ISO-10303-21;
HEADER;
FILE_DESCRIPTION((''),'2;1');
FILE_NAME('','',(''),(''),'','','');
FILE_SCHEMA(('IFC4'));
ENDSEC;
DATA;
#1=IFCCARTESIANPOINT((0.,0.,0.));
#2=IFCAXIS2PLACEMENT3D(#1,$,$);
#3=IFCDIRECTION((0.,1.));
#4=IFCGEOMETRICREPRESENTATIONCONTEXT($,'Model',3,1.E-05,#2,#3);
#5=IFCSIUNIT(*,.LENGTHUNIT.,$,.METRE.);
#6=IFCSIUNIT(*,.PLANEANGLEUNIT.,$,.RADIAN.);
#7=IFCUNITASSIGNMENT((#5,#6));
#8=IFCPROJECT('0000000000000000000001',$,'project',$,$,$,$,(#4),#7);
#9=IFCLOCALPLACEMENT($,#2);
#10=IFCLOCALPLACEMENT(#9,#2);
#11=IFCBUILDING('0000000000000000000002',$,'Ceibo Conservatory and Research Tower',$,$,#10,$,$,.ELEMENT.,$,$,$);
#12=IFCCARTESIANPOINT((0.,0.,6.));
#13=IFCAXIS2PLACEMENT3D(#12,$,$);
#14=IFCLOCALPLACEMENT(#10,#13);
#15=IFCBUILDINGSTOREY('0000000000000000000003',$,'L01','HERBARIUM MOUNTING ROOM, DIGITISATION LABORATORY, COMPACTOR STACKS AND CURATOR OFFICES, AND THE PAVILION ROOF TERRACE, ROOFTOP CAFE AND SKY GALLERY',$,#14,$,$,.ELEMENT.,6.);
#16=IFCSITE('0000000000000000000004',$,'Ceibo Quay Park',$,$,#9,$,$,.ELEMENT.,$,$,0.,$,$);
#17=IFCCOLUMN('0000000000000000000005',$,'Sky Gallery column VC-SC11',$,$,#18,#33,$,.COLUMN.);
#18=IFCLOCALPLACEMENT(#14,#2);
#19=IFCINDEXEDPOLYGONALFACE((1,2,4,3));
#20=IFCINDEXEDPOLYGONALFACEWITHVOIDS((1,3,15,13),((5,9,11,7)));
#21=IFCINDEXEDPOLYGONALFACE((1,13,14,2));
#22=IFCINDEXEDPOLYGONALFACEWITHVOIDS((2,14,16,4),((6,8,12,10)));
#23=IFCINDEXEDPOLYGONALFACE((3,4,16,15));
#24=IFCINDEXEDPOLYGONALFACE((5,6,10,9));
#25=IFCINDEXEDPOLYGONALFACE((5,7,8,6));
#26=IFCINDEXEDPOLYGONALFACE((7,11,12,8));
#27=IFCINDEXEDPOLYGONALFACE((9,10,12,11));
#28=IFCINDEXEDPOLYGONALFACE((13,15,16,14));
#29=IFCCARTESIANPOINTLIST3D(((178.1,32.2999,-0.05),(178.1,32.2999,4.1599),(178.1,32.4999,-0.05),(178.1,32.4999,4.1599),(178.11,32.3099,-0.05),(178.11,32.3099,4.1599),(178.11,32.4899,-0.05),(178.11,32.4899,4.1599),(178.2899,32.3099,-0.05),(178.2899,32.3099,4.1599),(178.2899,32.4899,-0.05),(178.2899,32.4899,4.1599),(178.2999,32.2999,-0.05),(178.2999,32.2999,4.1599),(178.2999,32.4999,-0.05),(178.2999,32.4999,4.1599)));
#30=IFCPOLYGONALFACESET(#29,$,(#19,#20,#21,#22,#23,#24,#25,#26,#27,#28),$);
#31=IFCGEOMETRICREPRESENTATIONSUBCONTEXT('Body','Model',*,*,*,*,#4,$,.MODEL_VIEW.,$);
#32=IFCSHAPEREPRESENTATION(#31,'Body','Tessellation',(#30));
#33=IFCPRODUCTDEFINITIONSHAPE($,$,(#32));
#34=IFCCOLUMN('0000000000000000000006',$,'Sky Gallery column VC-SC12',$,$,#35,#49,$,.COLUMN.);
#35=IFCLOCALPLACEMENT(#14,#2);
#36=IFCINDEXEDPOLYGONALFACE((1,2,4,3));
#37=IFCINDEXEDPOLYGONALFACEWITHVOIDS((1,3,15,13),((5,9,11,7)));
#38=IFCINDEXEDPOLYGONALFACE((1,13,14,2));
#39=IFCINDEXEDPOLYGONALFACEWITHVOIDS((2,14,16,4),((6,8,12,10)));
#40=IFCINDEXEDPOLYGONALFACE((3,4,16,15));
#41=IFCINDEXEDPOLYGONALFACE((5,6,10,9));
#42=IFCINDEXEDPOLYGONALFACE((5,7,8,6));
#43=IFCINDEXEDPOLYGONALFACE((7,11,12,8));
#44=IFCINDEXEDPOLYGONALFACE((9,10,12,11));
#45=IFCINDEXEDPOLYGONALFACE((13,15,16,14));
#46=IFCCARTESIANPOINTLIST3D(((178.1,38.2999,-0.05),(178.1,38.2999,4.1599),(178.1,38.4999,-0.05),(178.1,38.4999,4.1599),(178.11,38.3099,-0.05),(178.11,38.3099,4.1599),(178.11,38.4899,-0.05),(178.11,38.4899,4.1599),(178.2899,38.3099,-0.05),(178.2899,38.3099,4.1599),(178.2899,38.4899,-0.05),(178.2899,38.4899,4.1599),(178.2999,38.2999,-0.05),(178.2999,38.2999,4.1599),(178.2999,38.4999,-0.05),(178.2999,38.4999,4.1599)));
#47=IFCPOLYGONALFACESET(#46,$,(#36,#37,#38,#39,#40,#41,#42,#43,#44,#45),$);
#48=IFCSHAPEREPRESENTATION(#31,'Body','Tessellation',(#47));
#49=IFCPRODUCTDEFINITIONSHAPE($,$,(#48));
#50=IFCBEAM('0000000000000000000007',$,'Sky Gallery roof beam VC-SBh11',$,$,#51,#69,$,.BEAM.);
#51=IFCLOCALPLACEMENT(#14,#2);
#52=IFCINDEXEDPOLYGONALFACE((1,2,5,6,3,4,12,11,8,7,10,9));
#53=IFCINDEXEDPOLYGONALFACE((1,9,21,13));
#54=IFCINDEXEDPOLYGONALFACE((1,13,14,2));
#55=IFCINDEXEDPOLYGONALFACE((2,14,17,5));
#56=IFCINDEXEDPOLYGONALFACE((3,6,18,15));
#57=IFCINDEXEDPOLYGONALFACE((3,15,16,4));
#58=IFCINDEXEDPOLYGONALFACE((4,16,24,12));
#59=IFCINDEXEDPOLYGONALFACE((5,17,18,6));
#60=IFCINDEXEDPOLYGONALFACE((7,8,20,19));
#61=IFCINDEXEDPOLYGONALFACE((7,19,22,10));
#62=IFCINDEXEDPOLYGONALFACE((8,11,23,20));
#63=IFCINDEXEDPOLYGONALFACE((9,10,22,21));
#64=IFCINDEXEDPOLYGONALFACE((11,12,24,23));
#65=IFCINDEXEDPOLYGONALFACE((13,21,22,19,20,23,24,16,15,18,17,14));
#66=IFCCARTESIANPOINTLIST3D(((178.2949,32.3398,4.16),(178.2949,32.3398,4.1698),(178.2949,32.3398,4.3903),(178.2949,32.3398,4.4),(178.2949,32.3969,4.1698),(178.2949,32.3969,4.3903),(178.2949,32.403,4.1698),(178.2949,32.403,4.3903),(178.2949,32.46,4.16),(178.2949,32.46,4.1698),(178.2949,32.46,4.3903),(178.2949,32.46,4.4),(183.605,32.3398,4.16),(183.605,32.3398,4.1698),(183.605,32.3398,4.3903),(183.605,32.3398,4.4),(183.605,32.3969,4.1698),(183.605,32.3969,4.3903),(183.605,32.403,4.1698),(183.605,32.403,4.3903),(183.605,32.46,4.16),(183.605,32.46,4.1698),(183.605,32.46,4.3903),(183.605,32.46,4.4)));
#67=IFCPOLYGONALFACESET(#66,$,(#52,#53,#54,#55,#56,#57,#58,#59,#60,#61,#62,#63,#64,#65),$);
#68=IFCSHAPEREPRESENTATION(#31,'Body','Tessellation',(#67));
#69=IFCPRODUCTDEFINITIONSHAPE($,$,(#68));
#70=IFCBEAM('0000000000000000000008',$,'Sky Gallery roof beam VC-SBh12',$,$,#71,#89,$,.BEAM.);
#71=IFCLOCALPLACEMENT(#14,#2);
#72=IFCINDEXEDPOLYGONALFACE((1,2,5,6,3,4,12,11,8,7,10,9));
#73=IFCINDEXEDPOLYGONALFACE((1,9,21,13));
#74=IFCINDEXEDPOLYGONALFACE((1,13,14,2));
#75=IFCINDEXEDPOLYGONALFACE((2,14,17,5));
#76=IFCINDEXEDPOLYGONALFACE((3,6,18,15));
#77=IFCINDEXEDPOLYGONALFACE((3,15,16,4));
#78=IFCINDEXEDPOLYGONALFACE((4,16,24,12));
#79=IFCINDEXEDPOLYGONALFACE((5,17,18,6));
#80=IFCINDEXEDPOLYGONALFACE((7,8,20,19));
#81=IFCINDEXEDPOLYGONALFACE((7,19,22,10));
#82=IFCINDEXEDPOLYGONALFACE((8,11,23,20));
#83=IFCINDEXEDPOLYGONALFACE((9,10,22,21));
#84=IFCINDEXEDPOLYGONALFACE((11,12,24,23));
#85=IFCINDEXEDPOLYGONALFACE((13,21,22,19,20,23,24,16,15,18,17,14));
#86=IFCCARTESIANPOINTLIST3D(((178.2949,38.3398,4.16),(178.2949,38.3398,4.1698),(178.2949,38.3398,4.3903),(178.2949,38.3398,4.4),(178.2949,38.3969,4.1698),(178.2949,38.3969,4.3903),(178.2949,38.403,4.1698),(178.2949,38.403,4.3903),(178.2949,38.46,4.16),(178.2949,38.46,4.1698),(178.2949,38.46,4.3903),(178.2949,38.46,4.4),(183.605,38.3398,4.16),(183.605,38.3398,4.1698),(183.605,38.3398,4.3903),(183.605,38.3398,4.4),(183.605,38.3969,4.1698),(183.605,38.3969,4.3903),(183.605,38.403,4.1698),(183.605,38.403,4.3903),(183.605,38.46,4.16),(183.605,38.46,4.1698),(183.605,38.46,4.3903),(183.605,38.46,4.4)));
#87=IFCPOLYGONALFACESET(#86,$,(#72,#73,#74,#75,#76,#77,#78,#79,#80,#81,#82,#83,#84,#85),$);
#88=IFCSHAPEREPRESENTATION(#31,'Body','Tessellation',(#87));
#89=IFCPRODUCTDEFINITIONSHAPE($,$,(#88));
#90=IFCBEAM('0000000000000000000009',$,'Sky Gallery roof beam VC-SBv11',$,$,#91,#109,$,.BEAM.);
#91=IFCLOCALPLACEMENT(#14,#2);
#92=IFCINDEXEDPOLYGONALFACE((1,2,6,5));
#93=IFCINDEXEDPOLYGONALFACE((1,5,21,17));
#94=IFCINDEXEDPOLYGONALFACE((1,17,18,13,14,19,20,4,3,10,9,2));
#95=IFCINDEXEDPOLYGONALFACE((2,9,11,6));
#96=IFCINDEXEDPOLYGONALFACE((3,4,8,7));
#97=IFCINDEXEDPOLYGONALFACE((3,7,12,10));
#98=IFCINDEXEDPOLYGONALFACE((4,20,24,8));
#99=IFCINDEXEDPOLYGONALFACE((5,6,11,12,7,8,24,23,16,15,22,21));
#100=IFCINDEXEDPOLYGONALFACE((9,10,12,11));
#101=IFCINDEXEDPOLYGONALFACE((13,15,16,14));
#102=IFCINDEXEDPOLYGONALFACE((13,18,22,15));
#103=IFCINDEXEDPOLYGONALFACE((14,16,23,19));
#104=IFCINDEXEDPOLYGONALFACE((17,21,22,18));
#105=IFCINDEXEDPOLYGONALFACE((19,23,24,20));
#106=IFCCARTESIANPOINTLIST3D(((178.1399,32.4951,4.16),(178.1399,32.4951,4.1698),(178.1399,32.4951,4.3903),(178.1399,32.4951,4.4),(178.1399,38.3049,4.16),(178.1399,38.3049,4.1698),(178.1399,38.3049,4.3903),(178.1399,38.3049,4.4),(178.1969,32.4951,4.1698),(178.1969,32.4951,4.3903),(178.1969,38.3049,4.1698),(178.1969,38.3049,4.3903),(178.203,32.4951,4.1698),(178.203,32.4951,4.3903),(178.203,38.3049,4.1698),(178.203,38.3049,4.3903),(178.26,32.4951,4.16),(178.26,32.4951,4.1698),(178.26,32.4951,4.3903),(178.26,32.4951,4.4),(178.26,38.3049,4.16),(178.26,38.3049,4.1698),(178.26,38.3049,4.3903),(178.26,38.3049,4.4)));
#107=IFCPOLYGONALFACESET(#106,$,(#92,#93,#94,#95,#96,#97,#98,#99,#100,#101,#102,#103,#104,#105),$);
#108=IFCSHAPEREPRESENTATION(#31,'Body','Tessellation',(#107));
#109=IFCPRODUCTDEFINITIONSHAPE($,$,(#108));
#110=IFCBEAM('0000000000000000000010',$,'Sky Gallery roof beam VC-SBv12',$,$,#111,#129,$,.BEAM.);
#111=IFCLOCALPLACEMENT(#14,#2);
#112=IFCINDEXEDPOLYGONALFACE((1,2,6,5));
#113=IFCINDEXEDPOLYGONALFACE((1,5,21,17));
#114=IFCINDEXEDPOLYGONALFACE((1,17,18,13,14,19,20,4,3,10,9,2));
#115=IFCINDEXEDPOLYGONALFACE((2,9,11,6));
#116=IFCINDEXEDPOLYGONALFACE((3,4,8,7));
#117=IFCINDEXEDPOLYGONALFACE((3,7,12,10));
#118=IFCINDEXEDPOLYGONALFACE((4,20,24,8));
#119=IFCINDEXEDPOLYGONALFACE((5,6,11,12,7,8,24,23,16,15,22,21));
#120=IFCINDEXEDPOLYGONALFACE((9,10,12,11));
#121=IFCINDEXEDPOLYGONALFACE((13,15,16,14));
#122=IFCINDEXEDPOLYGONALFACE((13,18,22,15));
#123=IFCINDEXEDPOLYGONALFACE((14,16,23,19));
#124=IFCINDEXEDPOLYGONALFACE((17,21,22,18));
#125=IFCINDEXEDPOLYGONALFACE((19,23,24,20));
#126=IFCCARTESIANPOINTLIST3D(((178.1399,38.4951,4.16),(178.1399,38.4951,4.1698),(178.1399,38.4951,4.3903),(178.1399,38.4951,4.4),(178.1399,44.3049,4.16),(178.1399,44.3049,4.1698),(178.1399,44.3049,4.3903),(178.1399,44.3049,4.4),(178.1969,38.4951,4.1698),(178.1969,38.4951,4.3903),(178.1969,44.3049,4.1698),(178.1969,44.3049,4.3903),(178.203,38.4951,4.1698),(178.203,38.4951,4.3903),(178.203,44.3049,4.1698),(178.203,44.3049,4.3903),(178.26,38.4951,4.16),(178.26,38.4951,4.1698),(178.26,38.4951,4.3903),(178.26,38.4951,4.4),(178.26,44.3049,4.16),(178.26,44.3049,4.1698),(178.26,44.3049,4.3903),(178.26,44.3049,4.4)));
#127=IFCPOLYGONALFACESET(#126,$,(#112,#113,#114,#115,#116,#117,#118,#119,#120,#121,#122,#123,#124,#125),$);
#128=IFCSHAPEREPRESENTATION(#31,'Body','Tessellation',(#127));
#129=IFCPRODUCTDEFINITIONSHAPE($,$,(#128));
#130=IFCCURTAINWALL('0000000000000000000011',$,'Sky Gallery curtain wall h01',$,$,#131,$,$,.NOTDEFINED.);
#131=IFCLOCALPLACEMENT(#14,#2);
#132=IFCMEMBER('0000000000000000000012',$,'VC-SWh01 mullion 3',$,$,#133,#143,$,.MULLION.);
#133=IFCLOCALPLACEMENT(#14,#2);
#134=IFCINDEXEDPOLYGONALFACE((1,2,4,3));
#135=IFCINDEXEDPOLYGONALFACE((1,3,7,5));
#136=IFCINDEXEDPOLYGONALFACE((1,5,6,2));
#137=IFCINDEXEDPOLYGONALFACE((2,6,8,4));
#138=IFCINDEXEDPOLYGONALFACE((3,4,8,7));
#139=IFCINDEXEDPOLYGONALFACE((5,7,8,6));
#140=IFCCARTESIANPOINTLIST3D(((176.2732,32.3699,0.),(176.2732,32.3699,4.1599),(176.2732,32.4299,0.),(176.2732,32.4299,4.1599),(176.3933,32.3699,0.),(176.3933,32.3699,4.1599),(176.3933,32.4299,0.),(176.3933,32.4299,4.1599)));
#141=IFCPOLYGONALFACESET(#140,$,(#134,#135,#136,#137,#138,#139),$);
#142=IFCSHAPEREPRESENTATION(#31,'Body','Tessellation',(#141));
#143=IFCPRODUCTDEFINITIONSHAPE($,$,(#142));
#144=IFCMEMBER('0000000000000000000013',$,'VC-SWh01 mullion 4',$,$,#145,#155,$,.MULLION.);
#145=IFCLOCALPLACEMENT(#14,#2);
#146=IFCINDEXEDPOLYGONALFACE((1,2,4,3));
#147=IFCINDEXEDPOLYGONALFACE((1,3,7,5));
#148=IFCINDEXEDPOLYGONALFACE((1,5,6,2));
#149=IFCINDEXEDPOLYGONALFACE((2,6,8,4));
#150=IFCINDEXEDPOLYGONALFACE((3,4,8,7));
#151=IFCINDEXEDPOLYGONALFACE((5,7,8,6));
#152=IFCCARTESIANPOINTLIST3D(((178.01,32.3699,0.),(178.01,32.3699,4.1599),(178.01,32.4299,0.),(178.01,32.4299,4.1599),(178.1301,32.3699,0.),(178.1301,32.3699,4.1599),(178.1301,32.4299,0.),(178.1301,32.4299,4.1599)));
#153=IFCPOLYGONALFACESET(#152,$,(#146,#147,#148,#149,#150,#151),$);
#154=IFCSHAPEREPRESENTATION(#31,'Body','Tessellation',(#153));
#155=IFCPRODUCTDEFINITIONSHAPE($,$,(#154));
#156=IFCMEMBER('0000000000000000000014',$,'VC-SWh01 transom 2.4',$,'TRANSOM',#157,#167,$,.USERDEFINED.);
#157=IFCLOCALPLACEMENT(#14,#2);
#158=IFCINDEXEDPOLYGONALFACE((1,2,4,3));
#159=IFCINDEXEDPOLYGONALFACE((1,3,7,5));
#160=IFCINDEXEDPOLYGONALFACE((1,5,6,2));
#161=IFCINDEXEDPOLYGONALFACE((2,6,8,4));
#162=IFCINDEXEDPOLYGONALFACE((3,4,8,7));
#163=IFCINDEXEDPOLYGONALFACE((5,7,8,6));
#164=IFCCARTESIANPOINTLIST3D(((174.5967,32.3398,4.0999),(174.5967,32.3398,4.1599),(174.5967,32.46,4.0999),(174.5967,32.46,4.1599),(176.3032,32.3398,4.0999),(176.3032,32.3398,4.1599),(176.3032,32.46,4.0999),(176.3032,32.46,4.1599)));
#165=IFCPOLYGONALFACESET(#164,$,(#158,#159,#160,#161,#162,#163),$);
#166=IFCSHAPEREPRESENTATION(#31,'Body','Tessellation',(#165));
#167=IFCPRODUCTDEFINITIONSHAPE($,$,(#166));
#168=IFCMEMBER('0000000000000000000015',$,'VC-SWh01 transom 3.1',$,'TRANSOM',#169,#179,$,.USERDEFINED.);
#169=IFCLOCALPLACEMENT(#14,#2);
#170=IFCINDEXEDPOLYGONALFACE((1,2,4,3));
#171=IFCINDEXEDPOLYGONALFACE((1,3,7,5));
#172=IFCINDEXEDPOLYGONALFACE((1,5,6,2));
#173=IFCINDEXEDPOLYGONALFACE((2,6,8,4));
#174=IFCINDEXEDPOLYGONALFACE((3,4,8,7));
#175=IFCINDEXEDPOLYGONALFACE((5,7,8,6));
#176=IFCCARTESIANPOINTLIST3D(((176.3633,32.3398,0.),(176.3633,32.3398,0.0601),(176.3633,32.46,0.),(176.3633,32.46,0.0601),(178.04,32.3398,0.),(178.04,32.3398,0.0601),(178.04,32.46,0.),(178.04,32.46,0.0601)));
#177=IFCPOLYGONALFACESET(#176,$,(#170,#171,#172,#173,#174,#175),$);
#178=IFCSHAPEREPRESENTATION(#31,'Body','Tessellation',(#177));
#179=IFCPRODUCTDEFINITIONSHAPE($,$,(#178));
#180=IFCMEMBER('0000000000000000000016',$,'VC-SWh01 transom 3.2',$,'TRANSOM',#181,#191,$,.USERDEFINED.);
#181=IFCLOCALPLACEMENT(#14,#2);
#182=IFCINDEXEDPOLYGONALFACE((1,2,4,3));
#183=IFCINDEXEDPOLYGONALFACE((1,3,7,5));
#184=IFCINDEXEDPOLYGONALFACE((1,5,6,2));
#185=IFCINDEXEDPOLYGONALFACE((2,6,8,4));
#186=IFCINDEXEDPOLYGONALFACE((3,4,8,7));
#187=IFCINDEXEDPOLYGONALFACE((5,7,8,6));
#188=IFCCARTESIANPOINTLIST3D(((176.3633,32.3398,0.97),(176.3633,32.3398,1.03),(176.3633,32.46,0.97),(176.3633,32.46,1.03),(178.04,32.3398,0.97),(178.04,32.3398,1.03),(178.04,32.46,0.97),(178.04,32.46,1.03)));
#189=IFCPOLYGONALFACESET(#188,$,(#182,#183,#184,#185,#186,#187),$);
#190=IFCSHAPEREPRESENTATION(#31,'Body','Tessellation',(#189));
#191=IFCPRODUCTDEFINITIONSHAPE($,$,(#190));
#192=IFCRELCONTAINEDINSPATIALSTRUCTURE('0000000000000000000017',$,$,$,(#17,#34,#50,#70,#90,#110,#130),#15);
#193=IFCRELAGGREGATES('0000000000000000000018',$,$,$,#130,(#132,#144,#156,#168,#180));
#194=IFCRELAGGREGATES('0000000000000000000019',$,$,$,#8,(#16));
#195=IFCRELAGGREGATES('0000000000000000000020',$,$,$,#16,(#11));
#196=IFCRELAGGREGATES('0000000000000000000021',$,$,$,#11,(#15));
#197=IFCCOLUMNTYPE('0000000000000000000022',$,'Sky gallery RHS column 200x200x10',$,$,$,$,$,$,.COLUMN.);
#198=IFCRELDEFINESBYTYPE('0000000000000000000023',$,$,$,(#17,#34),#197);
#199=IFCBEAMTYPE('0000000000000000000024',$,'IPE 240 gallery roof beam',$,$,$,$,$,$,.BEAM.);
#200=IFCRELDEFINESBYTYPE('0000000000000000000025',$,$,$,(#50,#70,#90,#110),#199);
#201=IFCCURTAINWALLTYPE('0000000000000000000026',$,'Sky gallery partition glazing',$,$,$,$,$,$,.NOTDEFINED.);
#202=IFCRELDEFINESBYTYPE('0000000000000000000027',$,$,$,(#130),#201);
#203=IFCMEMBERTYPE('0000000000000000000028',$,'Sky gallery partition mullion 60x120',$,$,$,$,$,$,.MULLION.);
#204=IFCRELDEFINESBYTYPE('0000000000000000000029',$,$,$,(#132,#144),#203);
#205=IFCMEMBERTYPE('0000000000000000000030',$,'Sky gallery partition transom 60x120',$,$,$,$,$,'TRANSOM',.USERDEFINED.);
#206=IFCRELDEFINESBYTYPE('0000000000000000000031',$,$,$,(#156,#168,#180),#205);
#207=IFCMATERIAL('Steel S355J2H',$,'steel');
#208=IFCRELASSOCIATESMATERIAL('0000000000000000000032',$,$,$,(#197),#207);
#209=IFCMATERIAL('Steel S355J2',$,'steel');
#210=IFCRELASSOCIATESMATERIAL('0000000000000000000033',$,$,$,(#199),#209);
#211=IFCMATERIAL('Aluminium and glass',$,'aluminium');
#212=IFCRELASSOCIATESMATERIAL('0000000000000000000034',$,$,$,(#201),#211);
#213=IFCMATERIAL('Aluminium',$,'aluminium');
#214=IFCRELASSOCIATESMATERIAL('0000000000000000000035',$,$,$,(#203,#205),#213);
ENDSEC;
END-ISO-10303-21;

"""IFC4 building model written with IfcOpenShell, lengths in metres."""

from ifc_helpers import new_model, si_unit, direction, frame, origin, origin_2d, place, context, subcontext, project, spatial, rectangle, hollow_rectangle, i_section, extrude, material, material_profile, profile_set, type_object, element, aggregate, save


model = new_model("IFC4")

# Units and contexts
model_context = context("Model", 3, precision=1e-05, world=origin(), true_north=direction((0.0, 1.0)))
body_context = subcontext(model_context, "Body", "Model", "MODEL_VIEW")
ifc_project = project(units=[si_unit("LENGTHUNIT", "METRE"), si_unit("PLANEANGLEUNIT", "RADIAN")], contexts=[model_context])

# Site, building, storey
site_placement = place(None, origin())
site = spatial("IfcSite", under=ifc_project, at=site_placement, Name="Ceibo Quay Park", CompositionType="ELEMENT", RefElevation=0.0)
building_placement = place(site_placement, origin())
building = spatial("IfcBuilding", under=site, at=building_placement, Name="Ceibo Conservatory and Research Tower", CompositionType="ELEMENT")
storey_placement = place(building_placement, frame((0.0, 0.0, 6.0)))
storey = spatial("IfcBuildingStorey", under=building, at=storey_placement, Name="L01", Description="HERBARIUM MOUNTING ROOM, DIGITISATION LABORATORY, COMPACTOR STACKS AND CURATOR OFFICES, AND THE PAVILION ROOF TERRACE, ROOFTOP CAFE AND SKY GALLERY", CompositionType="ELEMENT", Elevation=6.0)

# Columns
ifc_material_1 = material(Name="Steel S355J2H", Category="steel")
ifc_material_profile_1 = material_profile(ifc_material_1, hollow_rectangle(XDim=0.2, YDim=0.2, WallThickness=0.01, at=origin_2d()), Name="Sky gallery RHS column 200x200x10")
ifc_profile_set_1 = profile_set([ifc_material_profile_1], Name="Steel S355J2H")
column_type = type_object("IfcColumnType", Name="Sky gallery RHS column 200x200x10", PredefinedType="COLUMN", material=ifc_profile_set_1)
for number, where, z_axis, x_axis, name in (
    (1, (178.2, 32.3999, -0.05), (0.0, 0.0, 1.0), (1.0, 0.0, 0.0), "Sky Gallery column VC-SC11"),
    (2, (178.2, 38.3999, -0.05), (0.0, 0.0, 1.0), (1.0, 0.0, 0.0), "Sky Gallery column VC-SC12"),
):
    element("IfcColumn", number, at=place(storey_placement, frame(where, z_axis=z_axis, x_axis=x_axis)), inside=storey, type_object=column_type, Name=name, PredefinedType="COLUMN", context=body_context, shape_type="SweptSolid", body=[
        extrude(hollow_rectangle(XDim=0.2, YDim=0.2, WallThickness=0.01, at=origin_2d()), origin(), (0.0, 0.0, 1.0), 4.21),
    ])

# Beams
ifc_material_2 = material(Name="Steel S355J2", Category="steel")
ifc_material_profile_2 = material_profile(ifc_material_2, i_section(OverallWidth=0.1201, OverallDepth=0.24, WebThickness=0.0061, FlangeThickness=0.0098, at=origin_2d()), Name="IPE 240")
ifc_profile_set_2 = profile_set([ifc_material_profile_2], Name="Steel S355J2")
beam_type = type_object("IfcBeamType", Name="IPE 240 gallery roof beam", PredefinedType="BEAM", material=ifc_profile_set_2)
for number, where, z_axis, x_axis, name in (
    (3, (178.2949, 32.3999, 4.28), (1.0, 0.0, 0.0), (0.0, 1.0, 0.0), "Sky Gallery roof beam VC-SBh11"),
    (4, (178.2949, 38.3999, 4.28), (1.0, 0.0, 0.0), (0.0, 1.0, 0.0), "Sky Gallery roof beam VC-SBh12"),
):
    element("IfcBeam", number, at=place(storey_placement, frame(where, z_axis=z_axis, x_axis=x_axis)), inside=storey, type_object=beam_type, Name=name, PredefinedType="BEAM", context=body_context, shape_type="SweptSolid", body=[
        extrude(i_section(OverallWidth=0.1201, OverallDepth=0.24, WebThickness=0.0061, FlangeThickness=0.0098, at=origin_2d()), origin(), (0.0, 0.0, 1.0), 5.3101),
    ])
for number, where, z_axis, x_axis, name in (
    (5, (178.2, 32.4951, 4.28), (0.0, 1.0, 0.0), (-1.0, 0.0, 0.0), "Sky Gallery roof beam VC-SBv11"),
    (6, (178.2, 38.4951, 4.28), (0.0, 1.0, 0.0), (-1.0, 0.0, 0.0), "Sky Gallery roof beam VC-SBv12"),
):
    element("IfcBeam", number, at=place(storey_placement, frame(where, z_axis=z_axis, x_axis=x_axis)), inside=storey, type_object=beam_type, Name=name, PredefinedType="BEAM", context=body_context, shape_type="SweptSolid", body=[
        extrude(i_section(OverallWidth=0.1201, OverallDepth=0.24, WebThickness=0.0061, FlangeThickness=0.0098, at=origin_2d()), origin(), (0.0, 0.0, 1.0), 5.8098),
    ])

# Curtain wall, members
ifc_material_3 = material(Name="Aluminium and glass", Category="aluminium")
curtain_wall_type = type_object("IfcCurtainWallType", Name="Sky gallery partition glazing", PredefinedType="NOTDEFINED", material=ifc_material_3)
curtain_wall_placement = place(storey_placement, origin())
curtain_wall = element("IfcCurtainWall", 7, at=curtain_wall_placement, inside=storey, type_object=curtain_wall_type, Name="Sky Gallery curtain wall h01", PredefinedType="NOTDEFINED")
ifc_material_4 = material(Name="Aluminium", Category="aluminium")
ifc_material_profile_3 = material_profile(ifc_material_4, rectangle(XDim=0.0601, YDim=0.1201, at=origin_2d()), Name="AL 60x120")
ifc_profile_set_3 = profile_set([ifc_material_profile_3], Name="Aluminium")
member_type_1 = type_object("IfcMemberType", Name="Sky gallery partition mullion 60x120", PredefinedType="MULLION", material=ifc_profile_set_3)
member_1_placement = place(storey_placement, frame((176.3333, 32.3999, 0.0), z_axis=(0.0, 0.0, 1.0), x_axis=(0.0, 1.0, 0.0)))
member_1 = element("IfcMember", 8, at=member_1_placement, type_object=member_type_1, Name="VC-SWh01 mullion 3", PredefinedType="MULLION", context=body_context, shape_type="SweptSolid", body=[
    extrude(rectangle(XDim=0.0601, YDim=0.1201, at=origin_2d()), origin(), (0.0, 0.0, 1.0), 4.1599),
])
member_2_placement = place(storey_placement, frame((178.0701, 32.3999, 0.0), z_axis=(0.0, 0.0, 1.0), x_axis=(0.0, 1.0, 0.0)))
member_2 = element("IfcMember", 9, at=member_2_placement, type_object=member_type_1, Name="VC-SWh01 mullion 4", PredefinedType="MULLION", context=body_context, shape_type="SweptSolid", body=[
    extrude(rectangle(XDim=0.0601, YDim=0.1201, at=origin_2d()), origin(), (0.0, 0.0, 1.0), 4.1599),
])
ifc_material_profile_4 = material_profile(ifc_material_4, rectangle(XDim=0.1201, YDim=0.0601, at=origin_2d()), Name="AL 60x120")
ifc_profile_set_4 = profile_set([ifc_material_profile_4], Name="Aluminium")
member_type_2 = type_object("IfcMemberType", Name="Sky gallery partition transom 60x120", ElementType="TRANSOM", PredefinedType="USERDEFINED", material=ifc_profile_set_4)
member_3_placement = place(storey_placement, frame((174.5967, 32.3999, 4.1299), z_axis=(1.0, 0.0, 0.0), x_axis=(0.0, 1.0, 0.0)))
member_3 = element("IfcMember", 10, at=member_3_placement, type_object=member_type_2, Name="VC-SWh01 transom 2.4", ObjectType="TRANSOM", PredefinedType="USERDEFINED", context=body_context, shape_type="SweptSolid", body=[
    extrude(rectangle(XDim=0.1201, YDim=0.0601, at=origin_2d()), origin(), (0.0, 0.0, 1.0), 1.7065),
])
member_4_placement = place(storey_placement, frame((176.3633, 32.3999, 0.03), z_axis=(1.0, 0.0, 0.0), x_axis=(0.0, 1.0, 0.0)))
member_4 = element("IfcMember", 11, at=member_4_placement, type_object=member_type_2, Name="VC-SWh01 transom 3.1", ObjectType="TRANSOM", PredefinedType="USERDEFINED", context=body_context, shape_type="SweptSolid", body=[
    extrude(rectangle(XDim=0.1201, YDim=0.0601, at=origin_2d()), origin(), (0.0, 0.0, 1.0), 1.6768),
])
member_5_placement = place(storey_placement, frame((176.3633, 32.3999, 1.0), z_axis=(1.0, 0.0, 0.0), x_axis=(0.0, 1.0, 0.0)))
member_5 = element("IfcMember", 12, at=member_5_placement, type_object=member_type_2, Name="VC-SWh01 transom 3.2", ObjectType="TRANSOM", PredefinedType="USERDEFINED", context=body_context, shape_type="SweptSolid", body=[
    extrude(rectangle(XDim=0.1201, YDim=0.0601, at=origin_2d()), origin(), (0.0, 0.0, 1.0), 1.6768),
])
aggregate(curtain_wall, [member_1, member_2, member_3, member_4, member_5])

save(model, "model.ifc")
